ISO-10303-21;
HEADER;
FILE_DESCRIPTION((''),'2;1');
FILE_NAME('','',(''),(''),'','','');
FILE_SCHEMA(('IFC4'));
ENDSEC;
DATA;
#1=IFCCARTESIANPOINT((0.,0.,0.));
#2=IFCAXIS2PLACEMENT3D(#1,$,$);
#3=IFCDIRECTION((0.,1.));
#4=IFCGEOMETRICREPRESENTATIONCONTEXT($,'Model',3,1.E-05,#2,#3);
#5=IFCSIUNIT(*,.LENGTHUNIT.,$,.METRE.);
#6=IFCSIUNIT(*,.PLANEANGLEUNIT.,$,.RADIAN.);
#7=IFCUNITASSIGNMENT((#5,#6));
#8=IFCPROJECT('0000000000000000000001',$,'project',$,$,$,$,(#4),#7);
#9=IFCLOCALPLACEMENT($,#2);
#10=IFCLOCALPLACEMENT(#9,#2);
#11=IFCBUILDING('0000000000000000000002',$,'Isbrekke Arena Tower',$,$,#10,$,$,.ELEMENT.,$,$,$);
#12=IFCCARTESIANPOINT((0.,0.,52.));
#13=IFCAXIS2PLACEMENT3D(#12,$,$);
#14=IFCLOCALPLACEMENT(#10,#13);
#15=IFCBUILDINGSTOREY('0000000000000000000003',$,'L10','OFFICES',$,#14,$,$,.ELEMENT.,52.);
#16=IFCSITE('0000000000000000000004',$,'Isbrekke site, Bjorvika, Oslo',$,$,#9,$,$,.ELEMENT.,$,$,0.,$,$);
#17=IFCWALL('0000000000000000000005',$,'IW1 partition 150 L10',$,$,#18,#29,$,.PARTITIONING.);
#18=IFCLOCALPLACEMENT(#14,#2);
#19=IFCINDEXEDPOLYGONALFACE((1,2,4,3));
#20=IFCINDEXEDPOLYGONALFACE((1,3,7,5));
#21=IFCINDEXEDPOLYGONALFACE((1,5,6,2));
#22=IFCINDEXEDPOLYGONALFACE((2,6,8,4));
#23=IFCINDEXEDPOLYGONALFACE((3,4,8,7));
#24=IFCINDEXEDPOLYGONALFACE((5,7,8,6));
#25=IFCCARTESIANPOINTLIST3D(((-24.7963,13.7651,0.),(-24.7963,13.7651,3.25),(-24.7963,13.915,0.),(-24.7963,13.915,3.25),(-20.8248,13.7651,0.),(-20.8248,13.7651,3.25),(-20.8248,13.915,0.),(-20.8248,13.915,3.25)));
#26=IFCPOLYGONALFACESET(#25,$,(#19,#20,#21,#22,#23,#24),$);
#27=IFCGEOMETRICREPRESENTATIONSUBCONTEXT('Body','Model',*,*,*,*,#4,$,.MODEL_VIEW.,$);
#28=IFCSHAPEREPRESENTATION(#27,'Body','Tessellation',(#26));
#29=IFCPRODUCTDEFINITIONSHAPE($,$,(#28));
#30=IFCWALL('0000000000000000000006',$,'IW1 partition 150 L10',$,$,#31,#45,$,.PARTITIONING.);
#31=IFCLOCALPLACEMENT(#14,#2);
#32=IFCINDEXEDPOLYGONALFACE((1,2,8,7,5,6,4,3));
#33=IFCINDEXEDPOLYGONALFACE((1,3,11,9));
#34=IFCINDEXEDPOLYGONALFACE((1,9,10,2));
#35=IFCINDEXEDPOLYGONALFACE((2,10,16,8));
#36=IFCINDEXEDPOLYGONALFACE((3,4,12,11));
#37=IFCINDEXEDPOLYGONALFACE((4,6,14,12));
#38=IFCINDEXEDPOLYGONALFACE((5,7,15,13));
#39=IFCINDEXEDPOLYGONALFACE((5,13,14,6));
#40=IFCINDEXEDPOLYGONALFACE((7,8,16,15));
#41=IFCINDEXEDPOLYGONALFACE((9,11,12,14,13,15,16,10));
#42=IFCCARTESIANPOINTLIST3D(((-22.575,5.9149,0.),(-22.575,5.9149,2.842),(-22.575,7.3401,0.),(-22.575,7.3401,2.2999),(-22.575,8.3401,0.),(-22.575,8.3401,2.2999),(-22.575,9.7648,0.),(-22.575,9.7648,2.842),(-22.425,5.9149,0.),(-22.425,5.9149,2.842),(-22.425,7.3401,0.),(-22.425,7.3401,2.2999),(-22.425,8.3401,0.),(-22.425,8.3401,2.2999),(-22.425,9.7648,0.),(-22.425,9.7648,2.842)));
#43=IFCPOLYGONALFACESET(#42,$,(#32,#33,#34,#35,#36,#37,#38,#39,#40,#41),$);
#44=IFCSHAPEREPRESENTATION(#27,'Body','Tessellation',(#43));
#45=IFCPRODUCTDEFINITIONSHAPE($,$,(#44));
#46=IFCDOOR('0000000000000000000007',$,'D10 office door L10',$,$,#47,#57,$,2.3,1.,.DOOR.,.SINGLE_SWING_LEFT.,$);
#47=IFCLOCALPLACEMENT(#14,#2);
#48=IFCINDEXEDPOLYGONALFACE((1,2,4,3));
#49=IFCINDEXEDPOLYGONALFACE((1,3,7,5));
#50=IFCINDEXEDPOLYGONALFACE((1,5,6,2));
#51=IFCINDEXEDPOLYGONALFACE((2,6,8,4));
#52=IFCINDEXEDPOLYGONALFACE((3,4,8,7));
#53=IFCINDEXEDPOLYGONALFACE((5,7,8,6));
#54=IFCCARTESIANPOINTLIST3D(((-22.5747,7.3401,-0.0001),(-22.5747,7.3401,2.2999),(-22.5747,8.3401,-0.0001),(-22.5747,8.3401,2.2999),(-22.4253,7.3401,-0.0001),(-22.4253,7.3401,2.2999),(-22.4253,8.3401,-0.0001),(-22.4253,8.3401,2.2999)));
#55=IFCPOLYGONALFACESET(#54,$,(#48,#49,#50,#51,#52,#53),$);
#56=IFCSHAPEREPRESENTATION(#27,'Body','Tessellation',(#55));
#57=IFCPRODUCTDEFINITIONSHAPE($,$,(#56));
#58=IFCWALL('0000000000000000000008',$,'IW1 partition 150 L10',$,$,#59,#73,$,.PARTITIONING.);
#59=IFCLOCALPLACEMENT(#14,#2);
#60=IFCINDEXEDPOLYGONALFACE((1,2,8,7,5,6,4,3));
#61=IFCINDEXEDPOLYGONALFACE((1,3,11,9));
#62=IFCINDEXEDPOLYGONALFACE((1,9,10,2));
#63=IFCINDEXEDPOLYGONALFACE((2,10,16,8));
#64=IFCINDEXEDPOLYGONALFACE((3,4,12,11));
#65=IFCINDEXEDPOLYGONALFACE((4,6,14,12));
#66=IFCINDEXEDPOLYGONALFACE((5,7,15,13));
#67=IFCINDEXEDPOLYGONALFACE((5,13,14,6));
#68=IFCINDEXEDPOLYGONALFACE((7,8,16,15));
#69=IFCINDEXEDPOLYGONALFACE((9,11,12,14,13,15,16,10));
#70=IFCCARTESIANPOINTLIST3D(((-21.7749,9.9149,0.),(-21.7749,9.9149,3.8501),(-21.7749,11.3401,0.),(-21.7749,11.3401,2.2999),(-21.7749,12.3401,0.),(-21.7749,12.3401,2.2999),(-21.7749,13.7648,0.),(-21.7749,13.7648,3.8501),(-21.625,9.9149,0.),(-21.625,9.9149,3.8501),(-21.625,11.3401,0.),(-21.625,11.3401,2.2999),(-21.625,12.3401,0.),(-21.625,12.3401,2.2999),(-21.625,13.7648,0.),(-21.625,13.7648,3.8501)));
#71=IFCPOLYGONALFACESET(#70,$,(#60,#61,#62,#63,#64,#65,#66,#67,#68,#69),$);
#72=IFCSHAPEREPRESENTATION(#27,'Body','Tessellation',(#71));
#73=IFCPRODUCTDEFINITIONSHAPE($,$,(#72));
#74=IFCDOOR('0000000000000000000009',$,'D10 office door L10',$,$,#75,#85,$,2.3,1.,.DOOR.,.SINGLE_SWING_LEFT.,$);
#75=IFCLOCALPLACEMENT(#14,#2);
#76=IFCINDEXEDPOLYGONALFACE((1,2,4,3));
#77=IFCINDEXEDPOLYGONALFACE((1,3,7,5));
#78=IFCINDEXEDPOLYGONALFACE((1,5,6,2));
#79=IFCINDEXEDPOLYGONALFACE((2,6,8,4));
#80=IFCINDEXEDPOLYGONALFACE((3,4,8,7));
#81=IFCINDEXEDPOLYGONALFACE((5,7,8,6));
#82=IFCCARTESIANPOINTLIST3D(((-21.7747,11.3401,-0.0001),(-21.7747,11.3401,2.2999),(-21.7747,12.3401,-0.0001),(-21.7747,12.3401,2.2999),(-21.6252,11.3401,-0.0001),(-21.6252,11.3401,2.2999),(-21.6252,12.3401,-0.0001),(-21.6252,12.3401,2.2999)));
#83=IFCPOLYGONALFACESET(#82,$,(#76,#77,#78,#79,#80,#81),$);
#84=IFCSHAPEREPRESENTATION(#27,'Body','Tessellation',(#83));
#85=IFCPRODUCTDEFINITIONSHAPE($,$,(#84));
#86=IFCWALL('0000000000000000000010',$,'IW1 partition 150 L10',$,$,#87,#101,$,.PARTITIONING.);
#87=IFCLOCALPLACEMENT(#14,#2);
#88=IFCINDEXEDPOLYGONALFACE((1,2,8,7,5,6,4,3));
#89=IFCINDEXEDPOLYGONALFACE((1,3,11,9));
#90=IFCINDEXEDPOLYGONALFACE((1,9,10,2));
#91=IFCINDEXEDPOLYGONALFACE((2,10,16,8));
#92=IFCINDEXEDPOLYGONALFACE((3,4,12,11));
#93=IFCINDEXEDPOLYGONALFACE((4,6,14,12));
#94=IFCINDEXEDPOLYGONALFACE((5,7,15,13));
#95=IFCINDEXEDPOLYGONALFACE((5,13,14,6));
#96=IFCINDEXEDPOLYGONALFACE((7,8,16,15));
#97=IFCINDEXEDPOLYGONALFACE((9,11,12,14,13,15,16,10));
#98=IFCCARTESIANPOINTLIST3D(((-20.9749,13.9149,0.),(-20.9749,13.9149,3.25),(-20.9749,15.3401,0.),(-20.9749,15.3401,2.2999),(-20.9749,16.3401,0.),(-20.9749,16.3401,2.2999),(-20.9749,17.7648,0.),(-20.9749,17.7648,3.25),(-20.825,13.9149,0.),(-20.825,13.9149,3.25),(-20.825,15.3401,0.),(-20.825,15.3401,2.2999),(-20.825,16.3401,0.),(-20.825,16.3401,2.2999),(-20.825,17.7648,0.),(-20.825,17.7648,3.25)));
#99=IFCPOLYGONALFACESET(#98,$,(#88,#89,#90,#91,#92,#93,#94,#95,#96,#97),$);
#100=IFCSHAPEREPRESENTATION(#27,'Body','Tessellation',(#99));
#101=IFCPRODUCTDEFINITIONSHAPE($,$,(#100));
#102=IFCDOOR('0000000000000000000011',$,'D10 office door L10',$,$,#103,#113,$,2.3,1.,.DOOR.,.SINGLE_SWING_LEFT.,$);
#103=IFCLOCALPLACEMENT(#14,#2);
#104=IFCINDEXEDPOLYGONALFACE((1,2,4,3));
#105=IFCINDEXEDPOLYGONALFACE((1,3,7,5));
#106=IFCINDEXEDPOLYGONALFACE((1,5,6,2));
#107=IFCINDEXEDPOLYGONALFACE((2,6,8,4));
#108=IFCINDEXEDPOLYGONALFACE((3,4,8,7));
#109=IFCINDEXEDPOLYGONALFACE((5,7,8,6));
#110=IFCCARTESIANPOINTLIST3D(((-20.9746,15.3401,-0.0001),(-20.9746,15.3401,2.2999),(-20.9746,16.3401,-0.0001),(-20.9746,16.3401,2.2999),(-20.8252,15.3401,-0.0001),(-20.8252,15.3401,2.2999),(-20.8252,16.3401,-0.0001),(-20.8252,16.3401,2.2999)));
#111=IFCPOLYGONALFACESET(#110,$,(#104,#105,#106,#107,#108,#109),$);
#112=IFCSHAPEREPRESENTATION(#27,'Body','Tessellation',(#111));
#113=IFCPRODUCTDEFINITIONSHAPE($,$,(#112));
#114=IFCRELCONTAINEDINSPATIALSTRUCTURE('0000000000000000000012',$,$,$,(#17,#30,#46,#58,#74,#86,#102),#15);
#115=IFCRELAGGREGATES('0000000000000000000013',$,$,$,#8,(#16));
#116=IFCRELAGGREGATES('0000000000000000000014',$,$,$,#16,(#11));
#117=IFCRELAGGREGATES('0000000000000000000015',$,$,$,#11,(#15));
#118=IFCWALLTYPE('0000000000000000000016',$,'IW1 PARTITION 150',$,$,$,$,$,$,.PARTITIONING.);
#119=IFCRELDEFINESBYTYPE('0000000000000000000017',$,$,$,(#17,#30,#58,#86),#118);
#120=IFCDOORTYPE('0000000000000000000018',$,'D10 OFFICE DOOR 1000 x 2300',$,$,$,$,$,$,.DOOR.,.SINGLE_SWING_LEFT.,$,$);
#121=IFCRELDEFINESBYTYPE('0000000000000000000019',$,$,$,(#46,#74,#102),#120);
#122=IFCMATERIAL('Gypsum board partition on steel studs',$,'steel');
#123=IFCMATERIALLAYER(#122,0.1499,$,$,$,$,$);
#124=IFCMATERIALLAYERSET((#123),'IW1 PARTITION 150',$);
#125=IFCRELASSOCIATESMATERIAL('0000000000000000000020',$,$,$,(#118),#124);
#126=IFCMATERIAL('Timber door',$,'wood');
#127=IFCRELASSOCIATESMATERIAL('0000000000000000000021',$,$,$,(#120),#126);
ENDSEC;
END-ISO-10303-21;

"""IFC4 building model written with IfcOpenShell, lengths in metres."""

from ifc_helpers import new_model, si_unit, direction, frame, frame_2d, origin, place, context, subcontext, project, spatial, rectangle, extrude, material, layer, layer_set, type_object, element, fill, save


model = new_model("IFC4")

# Units and contexts
model_context = context("Model", 3, precision=1e-05, world=origin(), true_north=direction((0.0, 1.0)))
body_context = subcontext(model_context, "Body", "Model", "MODEL_VIEW")
ifc_project = project(units=[si_unit("LENGTHUNIT", "METRE"), si_unit("PLANEANGLEUNIT", "RADIAN")], contexts=[model_context])

# Site, building, storey
site_placement = place(None, origin())
site = spatial("IfcSite", under=ifc_project, at=site_placement, Name="Isbrekke site, Bjorvika, Oslo", CompositionType="ELEMENT", RefElevation=0.0)
building_placement = place(site_placement, origin())
building = spatial("IfcBuilding", under=site, at=building_placement, Name="Isbrekke Arena Tower", CompositionType="ELEMENT")
storey_placement = place(building_placement, frame((0.0, 0.0, 52.0)))
storey = spatial("IfcBuildingStorey", under=building, at=storey_placement, Name="L10", Description="OFFICES", CompositionType="ELEMENT", Elevation=52.0)

# Wall
ifc_material_1 = material(Name="Gypsum board partition on steel studs", Category="steel")
ifc_layer_1 = layer(ifc_material_1, 0.1499)
ifc_layer_set_1 = layer_set([ifc_layer_1], Name="IW1 PARTITION 150")
wall_type = type_object("IfcWallType", Name="IW1 PARTITION 150", PredefinedType="PARTITIONING", material=ifc_layer_set_1)
for number, where, z_axis, x_axis, name in (
    (1, (-24.7964, 13.8401, 0.0), (0.0, 0.0, 1.0), (1.0, 0.0, 0.0), "IW1 partition 150 L10"),
):
    element("IfcWall", number, at=place(storey_placement, frame(where, z_axis=z_axis, x_axis=x_axis)), inside=storey, type_object=wall_type, Name=name, PredefinedType="PARTITIONING", context=body_context, shape_type="SweptSolid", body=[
        extrude(rectangle(XDim=3.9714, YDim=0.1499, at=frame_2d((1.9858, 0.0))), origin(), (0.0, 0.0, 1.0), 3.25),
    ])

# Walls, openings, doors
wall_1_placement = place(storey_placement, frame((-22.5, 5.915, 0.0), z_axis=(0.0, 0.0, 1.0), x_axis=(0.0, 1.0, 0.0)))
wall_1 = element("IfcWall", 2, at=wall_1_placement, inside=storey, type_object=wall_type, Name="IW1 partition 150 L10", PredefinedType="PARTITIONING", context=body_context, shape_type="SweptSolid", body=[
    extrude(rectangle(XDim=3.8499, YDim=0.1499, at=frame_2d((1.9248, 0.0))), origin(), (0.0, 0.0, 1.0), 2.842),
])
opening_1_placement = place(wall_1_placement, frame((1.425, 0.0, 0.0)))
opening_1 = element("IfcOpeningElement", 3, at=opening_1_placement, cuts=wall_1, PredefinedType="OPENING", context=body_context, shape_type="SweptSolid", body=[
    extrude(rectangle(XDim=1.0, YDim=2.3, at=frame_2d((0.5, 1.1499))), frame((0.0, 0.0898, 0.0), z_axis=(0.0, -1.0, 0.0), x_axis=(1.0, 0.0, 0.0)), (0.0, 0.0, 1.0), 0.1797),
])
ifc_material_2 = material(Name="Timber door", Category="wood")
door_type = type_object("IfcDoorType", Name="D10 OFFICE DOOR 1000 x 2300", OperationType="SINGLE_SWING_LEFT", PredefinedType="DOOR", material=ifc_material_2)
door_1_placement = place(opening_1_placement, origin())
door_1 = element("IfcDoor", 4, at=door_1_placement, inside=storey, type_object=door_type, Name="D10 office door L10", OperationType="SINGLE_SWING_LEFT", OverallHeight=2.3, OverallWidth=1.0, PredefinedType="DOOR", context=body_context, shape_type="SweptSolid", body=[
    extrude(rectangle(XDim=1.0, YDim=2.3, at=frame_2d((0.5, 1.1499))), frame((0.0, 0.0747, 0.0), z_axis=(0.0, -1.0, 0.0), x_axis=(1.0, 0.0, 0.0)), (0.0, 0.0, 1.0), 0.1494),
])
fill(opening_1, door_1)
wall_2_placement = place(storey_placement, frame((-21.7, 9.915, 0.0), z_axis=(0.0, 0.0, 1.0), x_axis=(0.0, 1.0, 0.0)))
wall_2 = element("IfcWall", 5, at=wall_2_placement, inside=storey, type_object=wall_type, Name="IW1 partition 150 L10", PredefinedType="PARTITIONING", context=body_context, shape_type="SweptSolid", body=[
    extrude(rectangle(XDim=3.8499, YDim=0.1499, at=frame_2d((1.9248, 0.0))), origin(), (0.0, 0.0, 1.0), 3.8501),
])
opening_2_placement = place(wall_2_placement, frame((1.425, 0.0, 0.0)))
opening_2 = element("IfcOpeningElement", 6, at=opening_2_placement, cuts=wall_2, PredefinedType="OPENING", context=body_context, shape_type="SweptSolid", body=[
    extrude(rectangle(XDim=1.0, YDim=2.3, at=frame_2d((0.5, 1.1499))), frame((0.0, 0.0898, 0.0), z_axis=(0.0, -1.0, 0.0), x_axis=(1.0, 0.0, 0.0)), (0.0, 0.0, 1.0), 0.1797),
])
door_2_placement = place(opening_2_placement, origin())
door_2 = element("IfcDoor", 7, at=door_2_placement, inside=storey, type_object=door_type, Name="D10 office door L10", OperationType="SINGLE_SWING_LEFT", OverallHeight=2.3, OverallWidth=1.0, PredefinedType="DOOR", context=body_context, shape_type="SweptSolid", body=[
    extrude(rectangle(XDim=1.0, YDim=2.3, at=frame_2d((0.5, 1.1499))), frame((0.0, 0.0747, 0.0), z_axis=(0.0, -1.0, 0.0), x_axis=(1.0, 0.0, 0.0)), (0.0, 0.0, 1.0), 0.1494),
])
fill(opening_2, door_2)
wall_3_placement = place(storey_placement, frame((-20.8999, 13.915, 0.0), z_axis=(0.0, 0.0, 1.0), x_axis=(0.0, 1.0, 0.0)))
wall_3 = element("IfcWall", 8, at=wall_3_placement, inside=storey, type_object=wall_type, Name="IW1 partition 150 L10", PredefinedType="PARTITIONING", context=body_context, shape_type="SweptSolid", body=[
    extrude(rectangle(XDim=3.8499, YDim=0.1499, at=frame_2d((1.9248, 0.0))), origin(), (0.0, 0.0, 1.0), 3.25),
])
opening_3_placement = place(wall_3_placement, frame((1.425, 0.0, 0.0)))
opening_3 = element("IfcOpeningElement", 9, at=opening_3_placement, cuts=wall_3, PredefinedType="OPENING", context=body_context, shape_type="SweptSolid", body=[
    extrude(rectangle(XDim=1.0, YDim=2.3, at=frame_2d((0.5, 1.1499))), frame((0.0, 0.0898, 0.0), z_axis=(0.0, -1.0, 0.0), x_axis=(1.0, 0.0, 0.0)), (0.0, 0.0, 1.0), 0.1797),
])
door_3_placement = place(opening_3_placement, origin())
door_3 = element("IfcDoor", 10, at=door_3_placement, inside=storey, type_object=door_type, Name="D10 office door L10", OperationType="SINGLE_SWING_LEFT", OverallHeight=2.3, OverallWidth=1.0, PredefinedType="DOOR", context=body_context, shape_type="SweptSolid", body=[
    extrude(rectangle(XDim=1.0, YDim=2.3, at=frame_2d((0.5, 1.1499))), frame((0.0, 0.0747, 0.0), z_axis=(0.0, -1.0, 0.0), x_axis=(1.0, 0.0, 0.0)), (0.0, 0.0, 1.0), 0.1494),
])
fill(opening_3, door_3)

save(model, "model.ifc")
